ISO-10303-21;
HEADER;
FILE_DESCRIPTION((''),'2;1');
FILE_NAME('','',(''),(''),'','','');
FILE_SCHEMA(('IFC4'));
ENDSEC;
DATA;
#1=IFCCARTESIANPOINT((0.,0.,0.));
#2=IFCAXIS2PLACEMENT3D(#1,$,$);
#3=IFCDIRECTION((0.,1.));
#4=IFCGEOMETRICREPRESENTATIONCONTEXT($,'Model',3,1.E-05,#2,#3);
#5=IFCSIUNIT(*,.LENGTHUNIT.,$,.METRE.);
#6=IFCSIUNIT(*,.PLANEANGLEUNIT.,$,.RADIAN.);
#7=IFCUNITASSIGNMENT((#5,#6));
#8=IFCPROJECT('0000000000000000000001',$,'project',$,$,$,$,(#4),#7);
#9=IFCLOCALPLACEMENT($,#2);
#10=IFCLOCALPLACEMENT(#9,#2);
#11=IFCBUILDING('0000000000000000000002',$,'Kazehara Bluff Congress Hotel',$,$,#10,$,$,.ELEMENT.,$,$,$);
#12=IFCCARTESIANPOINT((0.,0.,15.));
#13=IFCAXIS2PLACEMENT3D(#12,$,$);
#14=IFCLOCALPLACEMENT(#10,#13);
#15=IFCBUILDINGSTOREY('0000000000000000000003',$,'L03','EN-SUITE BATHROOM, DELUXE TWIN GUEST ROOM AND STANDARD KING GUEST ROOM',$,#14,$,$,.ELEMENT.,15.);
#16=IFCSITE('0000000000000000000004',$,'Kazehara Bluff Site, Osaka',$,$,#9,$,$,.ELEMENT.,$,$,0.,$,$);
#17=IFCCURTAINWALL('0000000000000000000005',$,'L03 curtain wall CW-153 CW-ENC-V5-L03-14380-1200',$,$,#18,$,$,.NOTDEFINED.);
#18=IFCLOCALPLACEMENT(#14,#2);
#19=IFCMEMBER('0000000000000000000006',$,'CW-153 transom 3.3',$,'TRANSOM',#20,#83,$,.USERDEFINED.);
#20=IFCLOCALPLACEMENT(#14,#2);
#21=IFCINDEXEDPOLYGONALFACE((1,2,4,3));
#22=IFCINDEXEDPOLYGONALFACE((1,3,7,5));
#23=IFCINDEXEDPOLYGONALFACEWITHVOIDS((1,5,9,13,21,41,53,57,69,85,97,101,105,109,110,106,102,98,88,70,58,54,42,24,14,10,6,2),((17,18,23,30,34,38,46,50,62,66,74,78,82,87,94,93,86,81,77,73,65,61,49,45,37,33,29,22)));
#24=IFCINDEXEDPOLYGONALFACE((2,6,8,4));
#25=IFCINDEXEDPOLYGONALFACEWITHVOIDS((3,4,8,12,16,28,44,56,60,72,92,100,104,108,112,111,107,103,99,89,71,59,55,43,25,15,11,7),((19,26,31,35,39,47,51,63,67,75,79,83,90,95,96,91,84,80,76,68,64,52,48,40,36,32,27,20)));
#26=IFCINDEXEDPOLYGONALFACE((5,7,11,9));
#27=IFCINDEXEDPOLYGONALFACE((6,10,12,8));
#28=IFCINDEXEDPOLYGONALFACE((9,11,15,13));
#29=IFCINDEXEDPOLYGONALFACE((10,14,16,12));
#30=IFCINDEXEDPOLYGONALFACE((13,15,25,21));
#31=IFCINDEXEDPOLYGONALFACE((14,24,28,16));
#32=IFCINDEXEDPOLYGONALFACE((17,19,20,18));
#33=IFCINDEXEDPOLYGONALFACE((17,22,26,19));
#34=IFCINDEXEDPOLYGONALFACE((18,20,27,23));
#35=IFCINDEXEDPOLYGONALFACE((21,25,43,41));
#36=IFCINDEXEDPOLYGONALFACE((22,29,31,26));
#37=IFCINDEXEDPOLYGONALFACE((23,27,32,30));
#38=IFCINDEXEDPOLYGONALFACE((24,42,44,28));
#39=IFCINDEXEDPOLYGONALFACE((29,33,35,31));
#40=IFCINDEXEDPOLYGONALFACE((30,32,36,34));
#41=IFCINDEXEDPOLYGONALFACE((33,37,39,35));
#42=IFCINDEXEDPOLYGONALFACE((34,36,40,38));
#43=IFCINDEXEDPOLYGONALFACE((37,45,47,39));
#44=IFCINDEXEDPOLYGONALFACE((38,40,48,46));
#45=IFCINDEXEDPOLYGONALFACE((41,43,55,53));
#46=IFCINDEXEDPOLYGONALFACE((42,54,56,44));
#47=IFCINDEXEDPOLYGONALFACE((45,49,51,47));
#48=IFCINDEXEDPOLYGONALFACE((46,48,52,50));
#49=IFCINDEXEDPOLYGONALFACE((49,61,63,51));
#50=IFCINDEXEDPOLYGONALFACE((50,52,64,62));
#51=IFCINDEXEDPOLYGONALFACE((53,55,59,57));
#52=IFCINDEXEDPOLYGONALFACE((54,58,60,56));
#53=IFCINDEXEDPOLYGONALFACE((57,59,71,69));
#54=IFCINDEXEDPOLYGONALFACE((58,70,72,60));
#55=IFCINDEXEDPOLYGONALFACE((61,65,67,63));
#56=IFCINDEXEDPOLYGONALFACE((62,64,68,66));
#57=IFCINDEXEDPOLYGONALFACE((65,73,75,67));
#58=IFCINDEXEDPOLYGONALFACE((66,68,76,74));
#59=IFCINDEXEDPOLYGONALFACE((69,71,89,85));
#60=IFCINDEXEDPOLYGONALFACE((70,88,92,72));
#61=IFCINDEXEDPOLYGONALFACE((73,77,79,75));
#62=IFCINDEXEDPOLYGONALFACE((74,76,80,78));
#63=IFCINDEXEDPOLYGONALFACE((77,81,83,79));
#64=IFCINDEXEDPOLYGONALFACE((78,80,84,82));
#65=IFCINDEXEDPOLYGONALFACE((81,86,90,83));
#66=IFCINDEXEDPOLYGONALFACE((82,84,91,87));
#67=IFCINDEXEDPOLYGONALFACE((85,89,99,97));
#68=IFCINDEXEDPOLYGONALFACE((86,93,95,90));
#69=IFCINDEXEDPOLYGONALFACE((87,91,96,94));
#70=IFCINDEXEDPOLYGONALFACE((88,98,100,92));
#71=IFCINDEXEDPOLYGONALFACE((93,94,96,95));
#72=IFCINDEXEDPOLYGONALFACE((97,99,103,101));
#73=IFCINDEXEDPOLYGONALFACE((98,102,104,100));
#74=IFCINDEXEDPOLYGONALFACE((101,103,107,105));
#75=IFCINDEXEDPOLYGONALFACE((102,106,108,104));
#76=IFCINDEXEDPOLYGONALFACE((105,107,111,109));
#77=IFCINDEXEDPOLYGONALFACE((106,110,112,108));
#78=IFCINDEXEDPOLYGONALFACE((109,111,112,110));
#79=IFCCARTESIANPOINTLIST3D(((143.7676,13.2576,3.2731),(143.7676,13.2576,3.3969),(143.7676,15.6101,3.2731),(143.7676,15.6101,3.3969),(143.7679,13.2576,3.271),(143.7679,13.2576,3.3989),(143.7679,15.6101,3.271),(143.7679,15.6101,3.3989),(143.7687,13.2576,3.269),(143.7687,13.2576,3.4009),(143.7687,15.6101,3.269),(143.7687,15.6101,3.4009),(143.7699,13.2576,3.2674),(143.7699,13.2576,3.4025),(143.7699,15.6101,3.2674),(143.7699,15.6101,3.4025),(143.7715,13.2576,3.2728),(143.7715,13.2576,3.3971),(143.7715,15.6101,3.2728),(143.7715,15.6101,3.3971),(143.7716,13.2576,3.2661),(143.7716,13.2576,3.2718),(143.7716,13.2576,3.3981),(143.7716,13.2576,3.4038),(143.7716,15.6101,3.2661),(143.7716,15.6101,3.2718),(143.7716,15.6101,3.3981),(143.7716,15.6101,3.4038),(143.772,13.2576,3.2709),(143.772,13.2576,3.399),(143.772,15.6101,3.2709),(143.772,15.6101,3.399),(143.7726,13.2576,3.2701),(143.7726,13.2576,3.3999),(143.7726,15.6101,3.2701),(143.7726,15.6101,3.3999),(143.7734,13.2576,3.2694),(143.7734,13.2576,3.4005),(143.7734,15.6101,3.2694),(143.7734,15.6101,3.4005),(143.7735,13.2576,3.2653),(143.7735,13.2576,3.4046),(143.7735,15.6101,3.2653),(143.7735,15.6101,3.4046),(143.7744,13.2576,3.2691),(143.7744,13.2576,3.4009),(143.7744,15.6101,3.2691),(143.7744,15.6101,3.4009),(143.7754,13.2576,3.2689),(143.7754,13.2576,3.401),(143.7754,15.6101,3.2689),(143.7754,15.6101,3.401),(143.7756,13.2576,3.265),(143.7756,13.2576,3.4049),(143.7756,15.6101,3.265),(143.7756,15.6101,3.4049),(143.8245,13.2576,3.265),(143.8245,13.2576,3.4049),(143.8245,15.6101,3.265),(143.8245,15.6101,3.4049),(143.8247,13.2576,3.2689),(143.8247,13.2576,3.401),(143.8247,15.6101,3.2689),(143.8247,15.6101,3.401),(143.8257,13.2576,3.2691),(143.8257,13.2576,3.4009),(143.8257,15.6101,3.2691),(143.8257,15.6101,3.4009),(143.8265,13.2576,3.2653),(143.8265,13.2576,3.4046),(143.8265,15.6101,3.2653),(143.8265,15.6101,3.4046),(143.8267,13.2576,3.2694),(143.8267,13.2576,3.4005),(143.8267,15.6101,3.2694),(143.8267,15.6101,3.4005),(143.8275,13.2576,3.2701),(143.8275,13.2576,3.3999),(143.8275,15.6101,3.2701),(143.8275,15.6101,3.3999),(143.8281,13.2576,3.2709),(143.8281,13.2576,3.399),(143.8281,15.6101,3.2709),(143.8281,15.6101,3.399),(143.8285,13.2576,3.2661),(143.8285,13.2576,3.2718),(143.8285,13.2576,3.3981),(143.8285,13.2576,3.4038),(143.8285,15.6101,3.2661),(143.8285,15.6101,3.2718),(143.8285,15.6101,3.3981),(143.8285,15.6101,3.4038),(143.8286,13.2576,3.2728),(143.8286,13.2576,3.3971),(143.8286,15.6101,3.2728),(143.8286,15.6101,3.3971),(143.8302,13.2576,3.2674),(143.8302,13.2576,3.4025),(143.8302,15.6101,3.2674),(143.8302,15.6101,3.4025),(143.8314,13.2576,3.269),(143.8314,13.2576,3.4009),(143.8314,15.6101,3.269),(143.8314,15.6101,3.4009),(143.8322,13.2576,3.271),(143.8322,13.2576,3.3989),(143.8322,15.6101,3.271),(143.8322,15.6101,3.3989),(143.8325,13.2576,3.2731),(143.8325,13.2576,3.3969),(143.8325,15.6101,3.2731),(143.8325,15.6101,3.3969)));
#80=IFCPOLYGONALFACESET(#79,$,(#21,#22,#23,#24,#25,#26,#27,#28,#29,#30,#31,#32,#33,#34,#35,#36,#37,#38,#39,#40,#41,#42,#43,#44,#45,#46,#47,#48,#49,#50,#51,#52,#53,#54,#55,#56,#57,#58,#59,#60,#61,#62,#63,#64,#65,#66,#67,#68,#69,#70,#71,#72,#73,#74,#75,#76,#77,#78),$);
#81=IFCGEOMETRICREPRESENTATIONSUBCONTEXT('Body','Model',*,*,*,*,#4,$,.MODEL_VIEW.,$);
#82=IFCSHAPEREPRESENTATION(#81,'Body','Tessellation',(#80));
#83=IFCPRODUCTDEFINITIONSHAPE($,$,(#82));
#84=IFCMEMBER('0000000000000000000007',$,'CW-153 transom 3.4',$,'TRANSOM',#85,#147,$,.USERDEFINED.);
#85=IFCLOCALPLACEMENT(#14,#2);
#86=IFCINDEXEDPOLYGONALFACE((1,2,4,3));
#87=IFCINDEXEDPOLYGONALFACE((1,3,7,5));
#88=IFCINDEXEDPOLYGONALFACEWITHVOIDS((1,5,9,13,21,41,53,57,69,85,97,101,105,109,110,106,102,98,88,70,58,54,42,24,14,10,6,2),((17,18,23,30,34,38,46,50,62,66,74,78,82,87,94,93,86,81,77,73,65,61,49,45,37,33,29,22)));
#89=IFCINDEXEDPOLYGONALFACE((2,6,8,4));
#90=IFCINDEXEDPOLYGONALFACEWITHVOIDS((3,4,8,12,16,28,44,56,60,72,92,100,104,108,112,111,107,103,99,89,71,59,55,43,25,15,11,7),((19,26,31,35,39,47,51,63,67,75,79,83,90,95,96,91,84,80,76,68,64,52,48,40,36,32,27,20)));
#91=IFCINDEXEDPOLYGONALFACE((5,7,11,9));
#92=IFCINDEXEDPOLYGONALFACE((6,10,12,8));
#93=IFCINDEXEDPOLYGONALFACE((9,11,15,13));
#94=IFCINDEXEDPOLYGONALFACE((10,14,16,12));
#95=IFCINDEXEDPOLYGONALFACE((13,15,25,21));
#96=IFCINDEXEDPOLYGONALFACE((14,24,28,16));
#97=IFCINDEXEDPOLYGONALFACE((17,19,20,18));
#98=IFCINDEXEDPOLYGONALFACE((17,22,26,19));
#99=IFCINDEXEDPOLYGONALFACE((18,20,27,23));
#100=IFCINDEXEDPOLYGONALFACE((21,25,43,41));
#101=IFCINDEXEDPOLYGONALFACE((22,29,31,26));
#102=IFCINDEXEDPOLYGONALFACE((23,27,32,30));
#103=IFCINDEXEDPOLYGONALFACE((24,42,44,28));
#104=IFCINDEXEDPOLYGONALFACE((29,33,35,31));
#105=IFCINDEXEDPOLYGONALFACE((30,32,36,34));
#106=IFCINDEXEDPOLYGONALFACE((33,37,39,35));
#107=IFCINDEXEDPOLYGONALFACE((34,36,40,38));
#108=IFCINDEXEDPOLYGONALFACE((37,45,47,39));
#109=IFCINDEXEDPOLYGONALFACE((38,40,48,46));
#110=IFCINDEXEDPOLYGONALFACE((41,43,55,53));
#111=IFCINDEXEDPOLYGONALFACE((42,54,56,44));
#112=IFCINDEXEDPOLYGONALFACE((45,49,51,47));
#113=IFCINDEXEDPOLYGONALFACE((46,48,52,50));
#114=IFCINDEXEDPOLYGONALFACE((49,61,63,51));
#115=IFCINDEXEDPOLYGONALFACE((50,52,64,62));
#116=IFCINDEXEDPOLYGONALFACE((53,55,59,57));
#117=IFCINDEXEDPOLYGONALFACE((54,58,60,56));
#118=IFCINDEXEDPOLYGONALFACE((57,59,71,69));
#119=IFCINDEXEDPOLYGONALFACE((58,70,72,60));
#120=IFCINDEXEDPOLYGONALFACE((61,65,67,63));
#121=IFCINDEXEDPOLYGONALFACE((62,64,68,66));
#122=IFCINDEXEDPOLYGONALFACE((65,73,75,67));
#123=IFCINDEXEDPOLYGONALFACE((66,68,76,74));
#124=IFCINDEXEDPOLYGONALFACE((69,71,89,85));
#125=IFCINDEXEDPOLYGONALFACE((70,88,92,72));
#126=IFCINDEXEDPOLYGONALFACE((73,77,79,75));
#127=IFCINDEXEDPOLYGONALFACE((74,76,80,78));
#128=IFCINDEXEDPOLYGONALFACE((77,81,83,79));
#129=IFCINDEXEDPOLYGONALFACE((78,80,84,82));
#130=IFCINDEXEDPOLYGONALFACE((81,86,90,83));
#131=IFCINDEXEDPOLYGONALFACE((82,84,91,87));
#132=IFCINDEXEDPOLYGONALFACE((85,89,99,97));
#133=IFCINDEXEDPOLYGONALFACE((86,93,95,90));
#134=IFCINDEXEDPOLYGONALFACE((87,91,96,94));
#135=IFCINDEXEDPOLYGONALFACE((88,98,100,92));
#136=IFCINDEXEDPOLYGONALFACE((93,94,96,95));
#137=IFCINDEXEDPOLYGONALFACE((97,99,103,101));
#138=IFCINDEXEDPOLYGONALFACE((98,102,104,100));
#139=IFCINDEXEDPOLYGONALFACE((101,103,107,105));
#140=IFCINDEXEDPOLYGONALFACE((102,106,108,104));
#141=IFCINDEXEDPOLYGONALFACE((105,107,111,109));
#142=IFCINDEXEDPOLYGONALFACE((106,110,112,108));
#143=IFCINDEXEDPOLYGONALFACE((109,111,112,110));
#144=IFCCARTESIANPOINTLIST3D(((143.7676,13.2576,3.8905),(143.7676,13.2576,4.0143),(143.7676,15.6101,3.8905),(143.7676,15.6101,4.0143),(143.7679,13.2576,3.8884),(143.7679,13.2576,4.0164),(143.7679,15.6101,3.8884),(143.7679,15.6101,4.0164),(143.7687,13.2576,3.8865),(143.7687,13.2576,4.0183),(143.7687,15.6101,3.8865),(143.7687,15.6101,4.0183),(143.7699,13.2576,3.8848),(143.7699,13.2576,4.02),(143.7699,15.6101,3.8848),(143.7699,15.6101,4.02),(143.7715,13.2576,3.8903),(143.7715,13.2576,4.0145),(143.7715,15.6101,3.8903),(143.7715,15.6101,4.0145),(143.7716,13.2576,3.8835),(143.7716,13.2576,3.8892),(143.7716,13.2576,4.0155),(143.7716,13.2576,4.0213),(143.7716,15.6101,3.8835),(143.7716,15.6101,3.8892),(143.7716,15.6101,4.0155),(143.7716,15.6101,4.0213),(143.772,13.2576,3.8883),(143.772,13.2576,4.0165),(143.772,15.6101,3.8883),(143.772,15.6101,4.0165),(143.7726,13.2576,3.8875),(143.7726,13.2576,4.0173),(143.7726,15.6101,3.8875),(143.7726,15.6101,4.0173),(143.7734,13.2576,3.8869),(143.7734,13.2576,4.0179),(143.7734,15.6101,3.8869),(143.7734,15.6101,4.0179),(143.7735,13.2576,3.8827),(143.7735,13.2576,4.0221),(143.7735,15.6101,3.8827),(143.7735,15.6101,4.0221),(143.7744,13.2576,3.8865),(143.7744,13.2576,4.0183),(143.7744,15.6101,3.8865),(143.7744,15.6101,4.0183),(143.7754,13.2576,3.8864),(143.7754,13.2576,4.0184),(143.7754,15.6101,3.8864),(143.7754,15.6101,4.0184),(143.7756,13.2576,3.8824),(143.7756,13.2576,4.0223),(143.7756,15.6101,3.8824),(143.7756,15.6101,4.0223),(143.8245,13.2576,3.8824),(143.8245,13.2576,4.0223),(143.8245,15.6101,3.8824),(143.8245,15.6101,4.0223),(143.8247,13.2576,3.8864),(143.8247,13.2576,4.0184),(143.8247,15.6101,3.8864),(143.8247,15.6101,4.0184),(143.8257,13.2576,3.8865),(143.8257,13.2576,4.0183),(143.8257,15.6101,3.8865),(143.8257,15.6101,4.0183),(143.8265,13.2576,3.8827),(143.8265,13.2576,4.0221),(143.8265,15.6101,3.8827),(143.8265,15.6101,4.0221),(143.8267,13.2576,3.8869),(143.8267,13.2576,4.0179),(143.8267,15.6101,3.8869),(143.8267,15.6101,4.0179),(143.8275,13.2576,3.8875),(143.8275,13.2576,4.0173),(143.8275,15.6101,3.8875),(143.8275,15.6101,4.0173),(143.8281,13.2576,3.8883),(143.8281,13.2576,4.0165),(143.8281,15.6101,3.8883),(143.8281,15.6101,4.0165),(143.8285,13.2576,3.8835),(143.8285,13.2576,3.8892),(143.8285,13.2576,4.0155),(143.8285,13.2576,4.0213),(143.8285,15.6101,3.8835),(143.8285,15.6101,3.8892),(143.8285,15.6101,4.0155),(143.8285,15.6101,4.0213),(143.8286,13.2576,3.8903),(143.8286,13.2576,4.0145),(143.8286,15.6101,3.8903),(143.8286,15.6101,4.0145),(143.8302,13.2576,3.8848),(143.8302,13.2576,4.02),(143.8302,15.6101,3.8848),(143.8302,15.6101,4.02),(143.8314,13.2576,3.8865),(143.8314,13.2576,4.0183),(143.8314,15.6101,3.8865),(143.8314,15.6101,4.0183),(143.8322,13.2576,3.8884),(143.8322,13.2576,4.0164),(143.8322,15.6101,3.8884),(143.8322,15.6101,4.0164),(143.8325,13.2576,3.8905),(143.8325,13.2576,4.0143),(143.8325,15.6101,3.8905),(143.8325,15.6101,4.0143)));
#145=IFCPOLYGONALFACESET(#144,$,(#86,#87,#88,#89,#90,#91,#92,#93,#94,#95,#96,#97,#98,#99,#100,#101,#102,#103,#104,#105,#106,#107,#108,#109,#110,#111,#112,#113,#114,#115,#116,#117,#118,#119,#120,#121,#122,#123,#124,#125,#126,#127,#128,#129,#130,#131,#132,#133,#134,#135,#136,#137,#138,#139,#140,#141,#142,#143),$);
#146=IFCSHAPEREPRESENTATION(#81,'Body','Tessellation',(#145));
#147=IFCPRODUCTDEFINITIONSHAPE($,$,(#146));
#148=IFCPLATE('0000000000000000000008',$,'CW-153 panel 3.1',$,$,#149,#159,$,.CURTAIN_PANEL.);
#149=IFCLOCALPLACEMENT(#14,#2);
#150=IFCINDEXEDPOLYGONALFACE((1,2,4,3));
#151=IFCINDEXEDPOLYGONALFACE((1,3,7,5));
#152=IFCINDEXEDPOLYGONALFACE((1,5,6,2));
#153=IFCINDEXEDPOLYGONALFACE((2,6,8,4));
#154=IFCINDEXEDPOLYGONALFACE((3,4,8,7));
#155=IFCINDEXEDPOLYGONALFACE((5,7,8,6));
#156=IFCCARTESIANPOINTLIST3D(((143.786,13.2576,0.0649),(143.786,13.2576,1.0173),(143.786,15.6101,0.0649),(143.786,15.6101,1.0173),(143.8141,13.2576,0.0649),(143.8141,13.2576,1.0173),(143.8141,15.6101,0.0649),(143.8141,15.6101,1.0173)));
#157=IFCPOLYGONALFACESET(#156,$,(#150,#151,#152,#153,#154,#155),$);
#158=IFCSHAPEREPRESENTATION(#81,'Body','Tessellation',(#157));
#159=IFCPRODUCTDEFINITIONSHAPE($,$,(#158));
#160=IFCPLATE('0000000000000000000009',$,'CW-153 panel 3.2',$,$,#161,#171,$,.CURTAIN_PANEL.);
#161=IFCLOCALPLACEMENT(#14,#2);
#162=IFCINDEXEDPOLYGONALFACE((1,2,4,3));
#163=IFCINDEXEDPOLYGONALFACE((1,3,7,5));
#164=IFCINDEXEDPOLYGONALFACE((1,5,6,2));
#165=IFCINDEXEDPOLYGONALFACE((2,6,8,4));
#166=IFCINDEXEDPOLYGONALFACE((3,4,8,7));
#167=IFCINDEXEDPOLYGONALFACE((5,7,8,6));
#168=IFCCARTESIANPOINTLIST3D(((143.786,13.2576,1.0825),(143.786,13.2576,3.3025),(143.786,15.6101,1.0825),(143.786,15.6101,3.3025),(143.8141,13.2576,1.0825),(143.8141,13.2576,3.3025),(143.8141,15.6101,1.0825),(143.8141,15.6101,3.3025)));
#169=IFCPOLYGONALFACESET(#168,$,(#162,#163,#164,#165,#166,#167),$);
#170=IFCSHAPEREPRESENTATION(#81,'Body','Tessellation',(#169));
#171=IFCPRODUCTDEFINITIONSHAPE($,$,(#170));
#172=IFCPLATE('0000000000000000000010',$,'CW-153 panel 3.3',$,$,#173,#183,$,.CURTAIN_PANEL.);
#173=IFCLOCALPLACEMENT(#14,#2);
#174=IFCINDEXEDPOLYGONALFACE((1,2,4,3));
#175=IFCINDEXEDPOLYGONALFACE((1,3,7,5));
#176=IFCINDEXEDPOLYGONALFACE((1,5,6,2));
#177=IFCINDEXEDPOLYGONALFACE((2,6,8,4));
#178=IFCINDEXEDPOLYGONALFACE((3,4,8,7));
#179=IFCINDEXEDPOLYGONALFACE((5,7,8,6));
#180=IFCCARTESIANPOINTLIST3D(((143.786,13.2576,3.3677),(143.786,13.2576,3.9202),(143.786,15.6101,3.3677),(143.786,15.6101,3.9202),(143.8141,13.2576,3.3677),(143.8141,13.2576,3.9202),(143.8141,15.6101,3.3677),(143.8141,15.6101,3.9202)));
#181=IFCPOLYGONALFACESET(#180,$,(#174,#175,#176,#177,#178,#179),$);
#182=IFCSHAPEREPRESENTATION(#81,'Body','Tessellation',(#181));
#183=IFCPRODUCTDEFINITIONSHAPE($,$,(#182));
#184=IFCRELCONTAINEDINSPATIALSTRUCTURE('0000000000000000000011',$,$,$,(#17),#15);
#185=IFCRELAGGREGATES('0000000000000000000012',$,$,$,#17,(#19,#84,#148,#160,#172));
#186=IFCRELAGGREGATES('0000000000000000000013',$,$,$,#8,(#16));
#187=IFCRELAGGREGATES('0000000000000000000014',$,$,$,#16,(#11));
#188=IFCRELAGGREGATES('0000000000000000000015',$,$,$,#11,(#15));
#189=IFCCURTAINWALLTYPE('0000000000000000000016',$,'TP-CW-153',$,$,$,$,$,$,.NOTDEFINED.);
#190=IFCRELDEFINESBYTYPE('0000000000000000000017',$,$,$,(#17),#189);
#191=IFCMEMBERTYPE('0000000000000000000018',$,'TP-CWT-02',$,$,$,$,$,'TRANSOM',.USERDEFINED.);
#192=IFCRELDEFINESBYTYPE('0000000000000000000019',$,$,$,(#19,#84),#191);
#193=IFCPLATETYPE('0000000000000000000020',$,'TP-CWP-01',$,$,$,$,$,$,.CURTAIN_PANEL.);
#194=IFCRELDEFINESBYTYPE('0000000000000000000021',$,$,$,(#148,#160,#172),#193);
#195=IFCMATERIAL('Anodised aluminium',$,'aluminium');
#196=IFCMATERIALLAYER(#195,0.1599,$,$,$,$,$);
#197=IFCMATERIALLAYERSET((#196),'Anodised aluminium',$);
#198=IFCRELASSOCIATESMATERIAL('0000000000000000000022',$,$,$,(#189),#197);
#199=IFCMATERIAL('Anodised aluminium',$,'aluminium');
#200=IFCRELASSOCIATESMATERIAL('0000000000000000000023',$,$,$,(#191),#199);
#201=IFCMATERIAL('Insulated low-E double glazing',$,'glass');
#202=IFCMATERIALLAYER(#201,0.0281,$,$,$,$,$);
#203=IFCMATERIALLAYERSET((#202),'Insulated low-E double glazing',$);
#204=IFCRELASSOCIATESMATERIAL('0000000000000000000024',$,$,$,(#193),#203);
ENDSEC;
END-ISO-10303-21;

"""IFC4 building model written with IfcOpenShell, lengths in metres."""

from ifc_helpers import new_model, si_unit, direction, frame, origin, origin_2d, place, context, subcontext, project, spatial, rectangle, hollow_rectangle, extrude, material, layer, layer_set, material_profile, profile_set, type_object, element, aggregate, save


model = new_model("IFC4")

# Units and contexts
model_context = context("Model", 3, precision=1e-05, world=origin(), true_north=direction((0.0, 1.0)))
body_context = subcontext(model_context, "Body", "Model", "MODEL_VIEW")
ifc_project = project(units=[si_unit("LENGTHUNIT", "METRE"), si_unit("PLANEANGLEUNIT", "RADIAN")], contexts=[model_context])

# Site, building, storey
site_placement = place(None, origin())
site = spatial("IfcSite", under=ifc_project, at=site_placement, Name="Kazehara Bluff Site, Osaka", CompositionType="ELEMENT", RefElevation=0.0)
building_placement = place(site_placement, origin())
building = spatial("IfcBuilding", under=site, at=building_placement, Name="Kazehara Bluff Congress Hotel", CompositionType="ELEMENT")
storey_placement = place(building_placement, frame((0.0, 0.0, 15.0)))
storey = spatial("IfcBuildingStorey", under=building, at=storey_placement, Name="L03", Description="EN-SUITE BATHROOM, DELUXE TWIN GUEST ROOM AND STANDARD KING GUEST ROOM", CompositionType="ELEMENT", Elevation=15.0)

# Curtain wall, members, plates
ifc_material_1 = material(Name="Anodised aluminium", Category="aluminium")
ifc_layer_1 = layer(ifc_material_1, 0.1599)
ifc_layer_set_1 = layer_set([ifc_layer_1], Name="Anodised aluminium")
curtain_wall_type = type_object("IfcCurtainWallType", Name="TP-CW-153", PredefinedType="NOTDEFINED", material=ifc_layer_set_1)
curtain_wall_placement = place(storey_placement, origin())
curtain_wall = element("IfcCurtainWall", 1, at=curtain_wall_placement, inside=storey, type_object=curtain_wall_type, Name="L03 curtain wall CW-153 CW-ENC-V5-L03-14380-1200", PredefinedType="NOTDEFINED")
ifc_material_2 = material(Name="Anodised aluminium", Category="aluminium")
ifc_material_profile_1 = material_profile(ifc_material_2, hollow_rectangle(XDim=0.0649, YDim=0.1399, WallThickness=0.0039, InnerFilletRadius=0.0039, OuterFilletRadius=0.0081, at=origin_2d()))
ifc_profile_set_1 = profile_set([ifc_material_profile_1], Name="Anodised aluminium")
member_type_1 = type_object("IfcMemberType", Name="TP-CWT-02", ElementType="TRANSOM", PredefinedType="USERDEFINED", material=ifc_profile_set_1)
member_1_placement = place(storey_placement, frame((143.8, 13.2576, 3.335), z_axis=(0.0, 1.0, 0.0), x_axis=(-1.0, 0.0, 0.0)))
member_1 = element("IfcMember", 2, at=member_1_placement, type_object=member_type_1, Name="CW-153 transom 3.3", ObjectType="TRANSOM", PredefinedType="USERDEFINED", context=body_context, shape_type="SweptSolid", body=[
    extrude(hollow_rectangle(XDim=0.0649, YDim=0.1399, WallThickness=0.0039, InnerFilletRadius=0.0039, OuterFilletRadius=0.0081, at=origin_2d()), origin(), (0.0, 0.0, 1.0), 2.3525),
])
member_2_placement = place(storey_placement, frame((143.8, 13.2576, 3.9524), z_axis=(0.0, 1.0, 0.0), x_axis=(-1.0, 0.0, 0.0)))
member_2 = element("IfcMember", 3, at=member_2_placement, type_object=member_type_1, Name="CW-153 transom 3.4", ObjectType="TRANSOM", PredefinedType="USERDEFINED", context=body_context, shape_type="SweptSolid", body=[
    extrude(hollow_rectangle(XDim=0.0649, YDim=0.1399, WallThickness=0.0039, InnerFilletRadius=0.0039, OuterFilletRadius=0.0081, at=origin_2d()), origin(), (0.0, 0.0, 1.0), 2.3525),
])
ifc_material_3 = material(Name="Insulated low-E double glazing", Category="glass")
ifc_layer_2 = layer(ifc_material_3, 0.0281)
ifc_layer_set_2 = layer_set([ifc_layer_2], Name="Insulated low-E double glazing")
plate_type = type_object("IfcPlateType", Name="TP-CWP-01", PredefinedType="CURTAIN_PANEL", material=ifc_layer_set_2)
plate_1_placement = place(storey_placement, frame((143.8, 14.4338, 0.0649), z_axis=(0.0, 0.0, 1.0), x_axis=(0.0, 1.0, 0.0)))
plate_1 = element("IfcPlate", 4, at=plate_1_placement, type_object=plate_type, Name="CW-153 panel 3.1", PredefinedType="CURTAIN_PANEL", context=body_context, shape_type="SweptSolid", body=[
    extrude(rectangle(XDim=2.3525, YDim=0.0281, at=origin_2d()), origin(), (0.0, 0.0, 1.0), 0.9524),
])
plate_2_placement = place(storey_placement, frame((143.8, 14.4338, 1.0825), z_axis=(0.0, 0.0, 1.0), x_axis=(0.0, 1.0, 0.0)))
plate_2 = element("IfcPlate", 5, at=plate_2_placement, type_object=plate_type, Name="CW-153 panel 3.2", PredefinedType="CURTAIN_PANEL", context=body_context, shape_type="SweptSolid", body=[
    extrude(rectangle(XDim=2.3525, YDim=0.0281, at=origin_2d()), origin(), (0.0, 0.0, 1.0), 2.22),
])
plate_3_placement = place(storey_placement, frame((143.8, 14.4338, 3.3677), z_axis=(0.0, 0.0, 1.0), x_axis=(0.0, 1.0, 0.0)))
plate_3 = element("IfcPlate", 6, at=plate_3_placement, type_object=plate_type, Name="CW-153 panel 3.3", PredefinedType="CURTAIN_PANEL", context=body_context, shape_type="SweptSolid", body=[
    extrude(rectangle(XDim=2.3525, YDim=0.0281, at=origin_2d()), origin(), (0.0, 0.0, 1.0), 0.5525),
])
aggregate(curtain_wall, [member_1, member_2, plate_1, plate_2, plate_3])

save(model, "model.ifc")
